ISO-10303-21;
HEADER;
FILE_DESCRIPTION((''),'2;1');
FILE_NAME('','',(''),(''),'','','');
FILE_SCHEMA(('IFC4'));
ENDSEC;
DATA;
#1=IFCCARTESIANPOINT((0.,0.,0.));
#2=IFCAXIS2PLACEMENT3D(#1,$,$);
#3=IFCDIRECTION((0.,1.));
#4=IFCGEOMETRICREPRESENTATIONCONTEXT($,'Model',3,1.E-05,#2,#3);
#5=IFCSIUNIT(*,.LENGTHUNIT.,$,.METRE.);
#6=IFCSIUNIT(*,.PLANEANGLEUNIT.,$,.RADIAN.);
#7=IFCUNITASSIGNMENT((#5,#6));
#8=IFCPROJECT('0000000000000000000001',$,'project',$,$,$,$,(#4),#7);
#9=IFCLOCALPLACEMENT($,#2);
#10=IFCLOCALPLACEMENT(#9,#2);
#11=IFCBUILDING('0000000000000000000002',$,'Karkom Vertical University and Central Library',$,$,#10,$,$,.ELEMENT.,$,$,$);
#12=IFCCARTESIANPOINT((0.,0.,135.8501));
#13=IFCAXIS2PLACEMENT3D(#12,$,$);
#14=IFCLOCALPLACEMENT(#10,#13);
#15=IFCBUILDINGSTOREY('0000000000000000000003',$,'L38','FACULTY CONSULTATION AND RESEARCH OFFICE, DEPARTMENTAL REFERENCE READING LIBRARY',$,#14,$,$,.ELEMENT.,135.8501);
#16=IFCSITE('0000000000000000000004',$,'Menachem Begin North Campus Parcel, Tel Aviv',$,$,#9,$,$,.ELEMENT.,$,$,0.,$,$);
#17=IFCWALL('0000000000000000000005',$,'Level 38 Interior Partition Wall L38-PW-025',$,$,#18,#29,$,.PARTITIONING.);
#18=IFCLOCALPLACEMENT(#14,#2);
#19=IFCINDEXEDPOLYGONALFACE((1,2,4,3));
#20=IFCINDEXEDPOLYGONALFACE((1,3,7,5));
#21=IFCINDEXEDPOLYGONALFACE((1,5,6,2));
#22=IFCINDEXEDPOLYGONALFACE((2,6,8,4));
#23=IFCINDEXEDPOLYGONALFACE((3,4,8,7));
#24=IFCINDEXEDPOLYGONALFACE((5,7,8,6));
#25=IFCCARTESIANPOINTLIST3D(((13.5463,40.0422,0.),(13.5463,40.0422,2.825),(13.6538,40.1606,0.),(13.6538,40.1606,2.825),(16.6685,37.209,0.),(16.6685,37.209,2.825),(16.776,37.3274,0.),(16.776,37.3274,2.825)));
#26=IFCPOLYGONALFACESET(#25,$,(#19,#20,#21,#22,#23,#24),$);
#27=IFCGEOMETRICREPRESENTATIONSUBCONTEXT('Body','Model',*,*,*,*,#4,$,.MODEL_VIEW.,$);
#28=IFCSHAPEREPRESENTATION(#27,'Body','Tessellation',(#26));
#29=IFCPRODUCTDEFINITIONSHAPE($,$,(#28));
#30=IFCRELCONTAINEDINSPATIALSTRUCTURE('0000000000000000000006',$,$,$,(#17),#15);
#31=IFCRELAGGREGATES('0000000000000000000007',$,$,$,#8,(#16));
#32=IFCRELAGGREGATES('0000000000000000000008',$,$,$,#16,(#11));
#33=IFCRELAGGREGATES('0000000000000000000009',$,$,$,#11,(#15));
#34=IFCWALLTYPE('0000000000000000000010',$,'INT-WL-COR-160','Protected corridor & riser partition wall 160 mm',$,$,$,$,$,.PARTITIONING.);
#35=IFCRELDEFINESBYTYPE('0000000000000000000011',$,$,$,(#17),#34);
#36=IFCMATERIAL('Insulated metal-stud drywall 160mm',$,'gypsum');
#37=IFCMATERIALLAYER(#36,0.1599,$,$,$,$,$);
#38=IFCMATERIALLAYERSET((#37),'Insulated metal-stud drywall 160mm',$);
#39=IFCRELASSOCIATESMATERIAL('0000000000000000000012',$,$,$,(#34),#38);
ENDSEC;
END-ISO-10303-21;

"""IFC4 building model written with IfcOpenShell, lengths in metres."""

from ifc_helpers import new_model, si_unit, direction, frame, frame_2d, origin, place, context, subcontext, project, spatial, rectangle, extrude, material, layer, layer_set, type_object, element, save


model = new_model("IFC4")

# Units and contexts
model_context = context("Model", 3, precision=1e-05, world=origin(), true_north=direction((0.0, 1.0)))
body_context = subcontext(model_context, "Body", "Model", "MODEL_VIEW")
ifc_project = project(units=[si_unit("LENGTHUNIT", "METRE"), si_unit("PLANEANGLEUNIT", "RADIAN")], contexts=[model_context])

# Site, building, storey
site_placement = place(None, origin())
site = spatial("IfcSite", under=ifc_project, at=site_placement, Name="Menachem Begin North Campus Parcel, Tel Aviv", CompositionType="ELEMENT", RefElevation=0.0)
building_placement = place(site_placement, origin())
building = spatial("IfcBuilding", under=site, at=building_placement, Name="Karkom Vertical University and Central Library", CompositionType="ELEMENT")
storey_placement = place(building_placement, frame((0.0, 0.0, 135.8501)))
storey = spatial("IfcBuildingStorey", under=building, at=storey_placement, Name="L38", Description="FACULTY CONSULTATION AND RESEARCH OFFICE, DEPARTMENTAL REFERENCE READING LIBRARY", CompositionType="ELEMENT", Elevation=135.8501)

# Shared definitions
ifc_material_1 = material(Name="Insulated metal-stud drywall 160mm", Category="gypsum")
ifc_layer_1 = layer(ifc_material_1, 0.1599)
ifc_layer_set_1 = layer_set([ifc_layer_1], Name="Insulated metal-stud drywall 160mm")
wall_type_1 = type_object("IfcWallType", Name="INT-WL-COR-160", Description="Protected corridor & riser partition wall 160 mm", PredefinedType="PARTITIONING", material=ifc_layer_set_1)

# Wall
wall_1_placement = place(storey_placement, frame((16.7222, 37.2683, 0.0), z_axis=(0.0, 0.0, 1.0), x_axis=(-0.740556, 0.671995, 0.0)))
element("IfcWall", 1, at=wall_1_placement, inside=storey, type_object=wall_type_1, Name="Level 38 Interior Partition Wall L38-PW-025", PredefinedType="PARTITIONING", context=body_context, shape_type="SweptSolid", body=[
    extrude(rectangle(XDim=4.2161, YDim=0.1599, at=frame_2d((2.1079, 0.0))), origin(), (0.0, 0.0, 1.0), 2.825),
])

save(model, "model.ifc")
